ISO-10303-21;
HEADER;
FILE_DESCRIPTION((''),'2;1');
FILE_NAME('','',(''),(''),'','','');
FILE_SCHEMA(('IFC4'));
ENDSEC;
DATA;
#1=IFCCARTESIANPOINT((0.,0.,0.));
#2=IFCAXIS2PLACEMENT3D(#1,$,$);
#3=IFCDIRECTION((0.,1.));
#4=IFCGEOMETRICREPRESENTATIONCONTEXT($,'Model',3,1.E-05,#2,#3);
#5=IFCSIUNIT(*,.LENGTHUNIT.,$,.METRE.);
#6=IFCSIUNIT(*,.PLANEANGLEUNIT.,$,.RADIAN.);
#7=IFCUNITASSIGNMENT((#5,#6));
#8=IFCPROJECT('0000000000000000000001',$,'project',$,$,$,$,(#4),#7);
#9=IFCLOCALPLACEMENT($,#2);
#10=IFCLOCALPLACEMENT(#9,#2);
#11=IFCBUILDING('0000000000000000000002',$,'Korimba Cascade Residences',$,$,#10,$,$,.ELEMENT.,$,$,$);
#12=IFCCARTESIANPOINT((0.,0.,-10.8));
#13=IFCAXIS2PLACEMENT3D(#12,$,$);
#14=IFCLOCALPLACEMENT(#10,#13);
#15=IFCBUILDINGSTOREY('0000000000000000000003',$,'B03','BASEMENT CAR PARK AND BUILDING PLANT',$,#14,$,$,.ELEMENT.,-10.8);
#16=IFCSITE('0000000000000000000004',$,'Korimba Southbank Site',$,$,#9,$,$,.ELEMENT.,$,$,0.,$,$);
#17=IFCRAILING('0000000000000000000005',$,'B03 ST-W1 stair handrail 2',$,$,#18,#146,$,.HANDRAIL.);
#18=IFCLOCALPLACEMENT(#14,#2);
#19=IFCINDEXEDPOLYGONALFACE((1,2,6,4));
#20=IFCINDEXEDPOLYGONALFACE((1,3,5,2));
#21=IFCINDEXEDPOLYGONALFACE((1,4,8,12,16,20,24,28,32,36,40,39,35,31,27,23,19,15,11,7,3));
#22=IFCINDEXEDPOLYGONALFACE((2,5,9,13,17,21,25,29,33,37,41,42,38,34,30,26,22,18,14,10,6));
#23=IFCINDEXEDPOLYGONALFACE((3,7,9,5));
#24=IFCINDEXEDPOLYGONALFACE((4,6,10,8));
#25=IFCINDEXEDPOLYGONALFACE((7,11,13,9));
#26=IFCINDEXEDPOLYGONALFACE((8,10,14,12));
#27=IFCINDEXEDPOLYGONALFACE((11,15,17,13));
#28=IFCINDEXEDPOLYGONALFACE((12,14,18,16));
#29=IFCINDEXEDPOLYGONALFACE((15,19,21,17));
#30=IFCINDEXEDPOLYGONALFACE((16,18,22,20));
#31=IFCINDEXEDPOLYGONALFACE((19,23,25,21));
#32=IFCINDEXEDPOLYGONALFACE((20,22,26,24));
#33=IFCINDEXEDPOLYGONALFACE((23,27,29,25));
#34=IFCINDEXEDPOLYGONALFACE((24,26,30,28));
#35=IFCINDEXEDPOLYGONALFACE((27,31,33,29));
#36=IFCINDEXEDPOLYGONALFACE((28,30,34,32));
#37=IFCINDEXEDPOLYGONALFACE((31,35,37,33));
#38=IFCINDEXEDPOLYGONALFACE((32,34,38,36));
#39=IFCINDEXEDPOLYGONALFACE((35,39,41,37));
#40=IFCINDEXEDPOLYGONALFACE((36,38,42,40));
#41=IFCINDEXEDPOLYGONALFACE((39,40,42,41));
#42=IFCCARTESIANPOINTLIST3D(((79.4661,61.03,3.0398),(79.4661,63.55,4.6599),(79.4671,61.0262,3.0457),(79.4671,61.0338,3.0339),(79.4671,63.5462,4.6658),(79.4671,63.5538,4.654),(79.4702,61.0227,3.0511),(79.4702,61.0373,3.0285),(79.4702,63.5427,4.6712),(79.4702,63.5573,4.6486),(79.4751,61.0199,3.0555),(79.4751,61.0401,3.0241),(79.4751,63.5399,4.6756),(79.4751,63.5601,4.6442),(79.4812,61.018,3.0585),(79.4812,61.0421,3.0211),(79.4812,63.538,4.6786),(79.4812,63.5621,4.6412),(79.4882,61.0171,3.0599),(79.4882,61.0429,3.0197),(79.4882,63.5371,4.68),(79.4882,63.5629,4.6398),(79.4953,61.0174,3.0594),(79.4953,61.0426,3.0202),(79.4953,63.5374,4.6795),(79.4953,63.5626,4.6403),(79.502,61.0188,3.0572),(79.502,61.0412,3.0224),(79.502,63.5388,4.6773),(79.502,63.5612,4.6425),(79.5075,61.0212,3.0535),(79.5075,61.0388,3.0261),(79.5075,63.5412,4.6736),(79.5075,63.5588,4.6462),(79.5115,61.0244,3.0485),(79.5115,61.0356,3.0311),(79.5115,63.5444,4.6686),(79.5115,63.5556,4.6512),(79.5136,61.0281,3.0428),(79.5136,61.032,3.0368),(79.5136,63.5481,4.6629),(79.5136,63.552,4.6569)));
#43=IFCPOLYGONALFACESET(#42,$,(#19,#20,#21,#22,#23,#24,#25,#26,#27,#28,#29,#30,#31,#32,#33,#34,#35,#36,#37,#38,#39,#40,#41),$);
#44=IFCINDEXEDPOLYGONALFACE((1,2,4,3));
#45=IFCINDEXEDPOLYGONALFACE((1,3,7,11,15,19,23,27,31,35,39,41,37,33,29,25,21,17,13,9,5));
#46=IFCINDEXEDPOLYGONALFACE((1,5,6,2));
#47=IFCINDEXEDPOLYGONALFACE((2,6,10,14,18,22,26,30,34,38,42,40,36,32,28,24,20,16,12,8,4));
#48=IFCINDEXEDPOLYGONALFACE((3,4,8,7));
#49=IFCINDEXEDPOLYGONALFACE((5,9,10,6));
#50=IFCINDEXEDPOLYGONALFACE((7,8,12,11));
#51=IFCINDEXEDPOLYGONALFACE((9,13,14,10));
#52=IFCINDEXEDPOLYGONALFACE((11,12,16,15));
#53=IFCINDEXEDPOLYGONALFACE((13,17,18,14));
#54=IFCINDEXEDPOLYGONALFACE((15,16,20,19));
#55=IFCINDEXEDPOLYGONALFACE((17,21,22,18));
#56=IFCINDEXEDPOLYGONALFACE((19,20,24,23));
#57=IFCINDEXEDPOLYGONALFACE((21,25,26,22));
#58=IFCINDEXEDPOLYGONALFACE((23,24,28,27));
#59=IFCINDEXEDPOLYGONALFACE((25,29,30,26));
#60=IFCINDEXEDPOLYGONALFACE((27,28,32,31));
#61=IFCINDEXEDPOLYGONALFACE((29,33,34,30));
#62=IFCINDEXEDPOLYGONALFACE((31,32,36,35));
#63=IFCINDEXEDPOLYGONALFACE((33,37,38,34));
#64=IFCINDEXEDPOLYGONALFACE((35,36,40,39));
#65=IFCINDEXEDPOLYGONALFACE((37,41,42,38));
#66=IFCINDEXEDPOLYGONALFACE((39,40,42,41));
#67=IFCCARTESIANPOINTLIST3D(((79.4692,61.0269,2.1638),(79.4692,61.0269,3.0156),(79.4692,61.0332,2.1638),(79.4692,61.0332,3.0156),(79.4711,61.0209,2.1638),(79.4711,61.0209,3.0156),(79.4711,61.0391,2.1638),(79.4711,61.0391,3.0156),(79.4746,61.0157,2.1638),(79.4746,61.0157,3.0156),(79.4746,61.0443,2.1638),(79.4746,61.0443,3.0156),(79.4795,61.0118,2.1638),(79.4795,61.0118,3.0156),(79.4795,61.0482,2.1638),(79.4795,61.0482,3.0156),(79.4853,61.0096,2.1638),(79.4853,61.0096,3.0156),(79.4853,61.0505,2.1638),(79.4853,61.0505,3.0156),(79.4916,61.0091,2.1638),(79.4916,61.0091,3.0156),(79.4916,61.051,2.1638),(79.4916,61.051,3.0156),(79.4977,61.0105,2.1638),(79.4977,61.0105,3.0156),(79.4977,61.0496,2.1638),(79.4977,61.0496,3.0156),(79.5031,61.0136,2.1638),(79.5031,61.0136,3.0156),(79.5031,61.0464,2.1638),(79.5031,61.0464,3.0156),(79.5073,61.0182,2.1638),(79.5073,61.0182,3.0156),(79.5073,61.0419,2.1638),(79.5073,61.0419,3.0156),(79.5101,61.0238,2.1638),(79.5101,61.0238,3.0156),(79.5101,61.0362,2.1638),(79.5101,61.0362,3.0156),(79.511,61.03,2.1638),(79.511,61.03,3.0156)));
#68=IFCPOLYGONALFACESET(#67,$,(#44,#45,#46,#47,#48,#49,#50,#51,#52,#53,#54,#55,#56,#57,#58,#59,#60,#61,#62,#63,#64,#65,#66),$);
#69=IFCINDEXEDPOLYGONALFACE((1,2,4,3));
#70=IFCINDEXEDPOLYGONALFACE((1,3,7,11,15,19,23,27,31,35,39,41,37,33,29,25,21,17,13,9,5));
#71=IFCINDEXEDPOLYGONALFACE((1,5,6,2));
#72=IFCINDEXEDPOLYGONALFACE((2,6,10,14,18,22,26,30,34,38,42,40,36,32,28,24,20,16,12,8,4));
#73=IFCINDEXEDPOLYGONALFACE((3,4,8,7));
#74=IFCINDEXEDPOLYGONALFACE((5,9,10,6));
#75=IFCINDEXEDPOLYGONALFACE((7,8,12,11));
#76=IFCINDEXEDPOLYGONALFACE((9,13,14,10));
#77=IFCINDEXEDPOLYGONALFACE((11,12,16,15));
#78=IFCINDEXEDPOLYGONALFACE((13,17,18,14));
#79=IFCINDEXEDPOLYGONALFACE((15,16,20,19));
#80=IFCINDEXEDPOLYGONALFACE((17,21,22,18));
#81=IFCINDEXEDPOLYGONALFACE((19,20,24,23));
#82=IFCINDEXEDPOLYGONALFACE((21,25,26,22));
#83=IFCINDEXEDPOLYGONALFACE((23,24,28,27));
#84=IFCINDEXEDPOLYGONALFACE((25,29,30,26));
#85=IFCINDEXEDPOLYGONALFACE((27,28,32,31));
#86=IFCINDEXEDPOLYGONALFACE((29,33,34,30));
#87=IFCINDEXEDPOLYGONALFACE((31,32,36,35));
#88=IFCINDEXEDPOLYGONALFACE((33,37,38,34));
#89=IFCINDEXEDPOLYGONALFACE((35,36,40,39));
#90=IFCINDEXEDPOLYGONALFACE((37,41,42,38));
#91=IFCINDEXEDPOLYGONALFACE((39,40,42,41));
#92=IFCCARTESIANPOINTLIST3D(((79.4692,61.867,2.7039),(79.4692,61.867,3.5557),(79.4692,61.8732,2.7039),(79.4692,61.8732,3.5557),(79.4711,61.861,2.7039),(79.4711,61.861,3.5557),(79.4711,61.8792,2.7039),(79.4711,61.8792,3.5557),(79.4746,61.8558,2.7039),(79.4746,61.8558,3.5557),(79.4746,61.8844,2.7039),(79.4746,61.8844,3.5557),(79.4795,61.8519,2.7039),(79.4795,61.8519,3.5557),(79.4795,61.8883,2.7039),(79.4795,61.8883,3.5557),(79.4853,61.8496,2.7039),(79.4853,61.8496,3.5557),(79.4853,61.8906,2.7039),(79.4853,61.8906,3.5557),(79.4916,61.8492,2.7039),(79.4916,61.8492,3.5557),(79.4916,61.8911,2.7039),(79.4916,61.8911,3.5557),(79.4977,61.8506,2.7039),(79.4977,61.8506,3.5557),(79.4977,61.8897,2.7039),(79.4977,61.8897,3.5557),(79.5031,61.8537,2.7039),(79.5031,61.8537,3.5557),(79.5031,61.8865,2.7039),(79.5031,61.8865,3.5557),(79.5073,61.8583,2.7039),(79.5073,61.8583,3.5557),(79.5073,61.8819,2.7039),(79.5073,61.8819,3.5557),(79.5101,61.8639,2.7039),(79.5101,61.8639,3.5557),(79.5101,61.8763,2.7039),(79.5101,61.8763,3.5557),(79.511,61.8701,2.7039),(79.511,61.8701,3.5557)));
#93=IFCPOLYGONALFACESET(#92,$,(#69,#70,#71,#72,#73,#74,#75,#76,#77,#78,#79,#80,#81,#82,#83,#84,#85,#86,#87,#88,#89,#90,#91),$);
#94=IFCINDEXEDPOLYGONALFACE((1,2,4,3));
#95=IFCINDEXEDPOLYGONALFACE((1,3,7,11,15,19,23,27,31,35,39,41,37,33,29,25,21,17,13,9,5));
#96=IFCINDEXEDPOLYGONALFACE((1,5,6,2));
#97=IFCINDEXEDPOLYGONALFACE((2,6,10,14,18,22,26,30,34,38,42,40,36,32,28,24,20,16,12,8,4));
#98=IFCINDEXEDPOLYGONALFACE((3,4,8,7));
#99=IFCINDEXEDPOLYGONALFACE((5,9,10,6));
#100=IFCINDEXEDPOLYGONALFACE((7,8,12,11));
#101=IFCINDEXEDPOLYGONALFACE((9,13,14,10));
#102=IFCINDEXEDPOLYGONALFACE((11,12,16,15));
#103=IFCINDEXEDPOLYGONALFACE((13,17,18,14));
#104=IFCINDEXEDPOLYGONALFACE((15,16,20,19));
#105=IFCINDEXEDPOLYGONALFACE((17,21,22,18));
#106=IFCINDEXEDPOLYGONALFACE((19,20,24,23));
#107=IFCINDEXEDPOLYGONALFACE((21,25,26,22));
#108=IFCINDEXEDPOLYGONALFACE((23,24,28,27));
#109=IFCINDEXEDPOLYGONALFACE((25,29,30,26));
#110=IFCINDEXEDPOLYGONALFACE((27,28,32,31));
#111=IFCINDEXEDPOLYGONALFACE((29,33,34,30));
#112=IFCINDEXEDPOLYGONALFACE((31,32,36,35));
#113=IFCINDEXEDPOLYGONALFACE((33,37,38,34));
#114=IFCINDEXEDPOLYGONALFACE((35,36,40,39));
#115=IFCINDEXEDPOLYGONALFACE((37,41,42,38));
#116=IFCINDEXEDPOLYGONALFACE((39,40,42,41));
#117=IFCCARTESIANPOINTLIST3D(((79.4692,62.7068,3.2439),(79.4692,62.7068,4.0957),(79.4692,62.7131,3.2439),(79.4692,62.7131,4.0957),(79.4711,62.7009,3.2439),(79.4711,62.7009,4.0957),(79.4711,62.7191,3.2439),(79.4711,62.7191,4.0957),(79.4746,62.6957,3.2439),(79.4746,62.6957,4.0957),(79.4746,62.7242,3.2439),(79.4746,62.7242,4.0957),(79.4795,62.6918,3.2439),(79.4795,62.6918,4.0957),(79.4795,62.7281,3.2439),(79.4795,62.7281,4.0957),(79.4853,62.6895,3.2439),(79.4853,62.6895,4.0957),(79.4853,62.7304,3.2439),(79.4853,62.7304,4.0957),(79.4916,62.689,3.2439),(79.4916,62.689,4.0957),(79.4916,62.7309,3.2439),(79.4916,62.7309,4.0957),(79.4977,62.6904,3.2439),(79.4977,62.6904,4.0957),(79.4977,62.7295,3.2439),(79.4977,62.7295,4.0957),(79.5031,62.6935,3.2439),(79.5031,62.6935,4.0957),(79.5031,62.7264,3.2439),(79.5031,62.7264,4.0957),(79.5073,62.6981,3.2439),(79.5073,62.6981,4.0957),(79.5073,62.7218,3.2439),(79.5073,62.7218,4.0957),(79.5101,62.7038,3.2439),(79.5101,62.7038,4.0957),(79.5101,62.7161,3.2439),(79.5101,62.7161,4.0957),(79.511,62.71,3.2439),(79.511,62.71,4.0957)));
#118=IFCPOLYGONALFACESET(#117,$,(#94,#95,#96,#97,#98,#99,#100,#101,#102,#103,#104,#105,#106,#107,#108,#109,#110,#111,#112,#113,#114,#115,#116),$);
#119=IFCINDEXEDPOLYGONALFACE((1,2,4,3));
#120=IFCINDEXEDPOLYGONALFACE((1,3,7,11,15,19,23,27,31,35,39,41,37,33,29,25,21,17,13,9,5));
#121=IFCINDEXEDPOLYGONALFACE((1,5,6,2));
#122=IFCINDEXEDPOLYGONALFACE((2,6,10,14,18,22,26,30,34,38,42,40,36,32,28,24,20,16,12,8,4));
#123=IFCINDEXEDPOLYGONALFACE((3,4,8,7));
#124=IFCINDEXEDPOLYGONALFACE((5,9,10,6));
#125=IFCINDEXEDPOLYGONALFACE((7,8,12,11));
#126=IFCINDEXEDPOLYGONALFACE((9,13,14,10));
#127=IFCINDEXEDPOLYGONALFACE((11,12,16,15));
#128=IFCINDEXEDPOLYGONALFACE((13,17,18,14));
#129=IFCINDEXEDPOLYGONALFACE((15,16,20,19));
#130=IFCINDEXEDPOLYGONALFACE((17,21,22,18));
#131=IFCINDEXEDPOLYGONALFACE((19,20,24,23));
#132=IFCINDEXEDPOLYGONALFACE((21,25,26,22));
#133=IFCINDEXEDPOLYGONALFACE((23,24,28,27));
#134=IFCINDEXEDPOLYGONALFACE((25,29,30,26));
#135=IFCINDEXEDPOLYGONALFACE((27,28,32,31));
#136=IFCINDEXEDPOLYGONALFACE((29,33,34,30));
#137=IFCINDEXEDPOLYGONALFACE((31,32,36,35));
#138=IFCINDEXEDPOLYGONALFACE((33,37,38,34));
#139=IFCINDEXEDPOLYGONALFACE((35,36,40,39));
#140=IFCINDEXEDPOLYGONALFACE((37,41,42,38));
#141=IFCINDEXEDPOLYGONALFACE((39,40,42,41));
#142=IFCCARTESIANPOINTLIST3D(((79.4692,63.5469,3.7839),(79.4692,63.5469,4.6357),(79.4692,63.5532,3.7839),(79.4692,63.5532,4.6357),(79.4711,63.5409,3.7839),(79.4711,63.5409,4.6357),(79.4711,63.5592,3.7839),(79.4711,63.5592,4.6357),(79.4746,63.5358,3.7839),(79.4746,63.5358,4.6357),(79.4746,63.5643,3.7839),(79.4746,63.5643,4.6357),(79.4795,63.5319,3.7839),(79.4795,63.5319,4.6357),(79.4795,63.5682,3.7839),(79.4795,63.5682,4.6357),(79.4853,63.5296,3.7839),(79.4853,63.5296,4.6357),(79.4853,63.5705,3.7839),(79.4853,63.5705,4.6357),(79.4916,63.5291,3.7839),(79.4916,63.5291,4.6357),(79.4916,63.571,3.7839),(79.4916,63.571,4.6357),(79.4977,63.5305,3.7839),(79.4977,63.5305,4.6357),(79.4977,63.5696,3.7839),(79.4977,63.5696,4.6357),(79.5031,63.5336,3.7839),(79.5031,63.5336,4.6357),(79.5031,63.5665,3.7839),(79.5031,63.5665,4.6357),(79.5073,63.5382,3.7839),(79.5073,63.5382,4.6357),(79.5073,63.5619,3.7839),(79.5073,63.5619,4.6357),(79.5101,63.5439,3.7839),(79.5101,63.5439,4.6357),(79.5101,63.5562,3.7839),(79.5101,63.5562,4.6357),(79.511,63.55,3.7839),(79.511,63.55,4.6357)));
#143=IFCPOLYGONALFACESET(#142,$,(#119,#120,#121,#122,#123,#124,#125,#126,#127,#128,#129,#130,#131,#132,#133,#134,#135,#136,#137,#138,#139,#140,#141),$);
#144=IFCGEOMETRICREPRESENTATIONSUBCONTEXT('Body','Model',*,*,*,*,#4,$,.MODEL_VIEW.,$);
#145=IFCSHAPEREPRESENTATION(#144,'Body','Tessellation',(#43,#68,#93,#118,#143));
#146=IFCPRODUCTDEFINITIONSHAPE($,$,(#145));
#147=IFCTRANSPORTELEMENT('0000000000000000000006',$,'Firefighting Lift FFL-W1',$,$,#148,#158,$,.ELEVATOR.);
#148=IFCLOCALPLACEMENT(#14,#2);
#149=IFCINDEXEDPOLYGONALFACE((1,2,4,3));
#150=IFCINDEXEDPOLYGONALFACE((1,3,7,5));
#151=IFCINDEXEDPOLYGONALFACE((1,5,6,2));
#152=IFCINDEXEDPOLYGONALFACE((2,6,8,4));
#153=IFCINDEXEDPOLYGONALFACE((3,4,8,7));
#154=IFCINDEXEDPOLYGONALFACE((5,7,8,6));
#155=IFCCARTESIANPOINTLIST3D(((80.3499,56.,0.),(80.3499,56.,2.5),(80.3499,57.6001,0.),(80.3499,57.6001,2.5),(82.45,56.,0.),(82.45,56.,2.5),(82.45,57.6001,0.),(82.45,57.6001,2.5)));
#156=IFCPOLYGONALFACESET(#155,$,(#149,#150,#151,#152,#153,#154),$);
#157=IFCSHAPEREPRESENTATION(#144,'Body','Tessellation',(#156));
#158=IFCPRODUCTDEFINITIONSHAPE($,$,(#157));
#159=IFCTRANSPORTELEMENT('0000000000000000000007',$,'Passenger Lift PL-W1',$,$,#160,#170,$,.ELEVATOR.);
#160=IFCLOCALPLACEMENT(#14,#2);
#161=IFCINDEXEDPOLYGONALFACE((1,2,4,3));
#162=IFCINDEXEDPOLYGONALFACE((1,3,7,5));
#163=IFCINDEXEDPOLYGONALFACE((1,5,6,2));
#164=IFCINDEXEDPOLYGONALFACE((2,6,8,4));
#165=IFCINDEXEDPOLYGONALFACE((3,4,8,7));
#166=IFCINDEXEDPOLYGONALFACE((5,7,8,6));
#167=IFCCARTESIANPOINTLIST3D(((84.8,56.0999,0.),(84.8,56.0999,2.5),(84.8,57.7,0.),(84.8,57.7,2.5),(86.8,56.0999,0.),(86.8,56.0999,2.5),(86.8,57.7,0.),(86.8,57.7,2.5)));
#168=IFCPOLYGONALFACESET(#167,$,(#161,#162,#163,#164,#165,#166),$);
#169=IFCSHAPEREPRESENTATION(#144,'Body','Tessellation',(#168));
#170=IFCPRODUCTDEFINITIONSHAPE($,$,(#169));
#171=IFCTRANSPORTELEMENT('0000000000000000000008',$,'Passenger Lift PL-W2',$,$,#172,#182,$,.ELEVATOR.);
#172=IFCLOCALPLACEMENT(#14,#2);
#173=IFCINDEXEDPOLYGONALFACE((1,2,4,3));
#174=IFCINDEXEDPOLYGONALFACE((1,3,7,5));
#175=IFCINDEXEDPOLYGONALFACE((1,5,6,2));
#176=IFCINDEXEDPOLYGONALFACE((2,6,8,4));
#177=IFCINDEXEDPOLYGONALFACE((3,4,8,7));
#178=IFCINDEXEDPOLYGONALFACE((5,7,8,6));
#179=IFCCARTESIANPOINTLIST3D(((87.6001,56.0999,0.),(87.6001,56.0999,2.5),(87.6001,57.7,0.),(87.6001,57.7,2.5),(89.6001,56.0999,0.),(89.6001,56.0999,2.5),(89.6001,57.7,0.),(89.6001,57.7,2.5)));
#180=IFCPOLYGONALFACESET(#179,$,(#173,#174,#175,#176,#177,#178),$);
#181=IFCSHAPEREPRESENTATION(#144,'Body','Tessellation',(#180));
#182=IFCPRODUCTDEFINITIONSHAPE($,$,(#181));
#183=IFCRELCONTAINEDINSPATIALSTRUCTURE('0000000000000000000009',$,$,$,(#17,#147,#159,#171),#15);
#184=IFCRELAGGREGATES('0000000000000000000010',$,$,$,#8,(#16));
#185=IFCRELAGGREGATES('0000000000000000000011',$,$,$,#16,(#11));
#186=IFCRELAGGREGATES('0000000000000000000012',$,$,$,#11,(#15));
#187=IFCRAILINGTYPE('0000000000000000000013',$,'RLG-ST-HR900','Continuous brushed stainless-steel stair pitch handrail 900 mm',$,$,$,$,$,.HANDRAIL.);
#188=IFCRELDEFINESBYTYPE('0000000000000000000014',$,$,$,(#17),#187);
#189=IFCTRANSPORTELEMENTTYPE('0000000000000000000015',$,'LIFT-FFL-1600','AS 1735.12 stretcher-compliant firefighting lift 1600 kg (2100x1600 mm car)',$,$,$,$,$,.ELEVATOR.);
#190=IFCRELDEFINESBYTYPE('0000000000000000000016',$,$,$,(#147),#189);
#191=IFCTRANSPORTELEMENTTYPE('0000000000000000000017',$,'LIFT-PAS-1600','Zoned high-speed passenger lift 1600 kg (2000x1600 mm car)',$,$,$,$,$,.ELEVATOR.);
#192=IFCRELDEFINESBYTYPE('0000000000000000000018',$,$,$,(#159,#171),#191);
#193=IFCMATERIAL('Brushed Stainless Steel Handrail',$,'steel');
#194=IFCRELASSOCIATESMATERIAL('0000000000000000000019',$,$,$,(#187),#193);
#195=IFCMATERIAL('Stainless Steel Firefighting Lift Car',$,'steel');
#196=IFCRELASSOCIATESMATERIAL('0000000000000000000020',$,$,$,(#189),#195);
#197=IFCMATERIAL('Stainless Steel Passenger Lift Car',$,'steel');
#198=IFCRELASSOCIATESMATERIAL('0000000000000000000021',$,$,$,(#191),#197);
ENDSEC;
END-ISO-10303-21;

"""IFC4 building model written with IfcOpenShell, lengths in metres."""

from ifc_helpers import new_model, si_unit, direction, frame, origin, origin_2d, place, context, subcontext, project, spatial, rectangle, circle, extrude, material, type_object, element, save


model = new_model("IFC4")

# Units and contexts
model_context = context("Model", 3, precision=1e-05, world=origin(), true_north=direction((0.0, 1.0)))
body_context = subcontext(model_context, "Body", "Model", "MODEL_VIEW")
ifc_project = project(units=[si_unit("LENGTHUNIT", "METRE"), si_unit("PLANEANGLEUNIT", "RADIAN")], contexts=[model_context])

# Site, building, storey
site_placement = place(None, origin())
site = spatial("IfcSite", under=ifc_project, at=site_placement, Name="Korimba Southbank Site", CompositionType="ELEMENT", RefElevation=0.0)
building_placement = place(site_placement, origin())
building = spatial("IfcBuilding", under=site, at=building_placement, Name="Korimba Cascade Residences", CompositionType="ELEMENT")
storey_placement = place(building_placement, frame((0.0, 0.0, -10.8)))
storey = spatial("IfcBuildingStorey", under=building, at=storey_placement, Name="B03", Description="BASEMENT CAR PARK AND BUILDING PLANT", CompositionType="ELEMENT", Elevation=-10.8)

# Railing
ifc_material_1 = material(Name="Brushed Stainless Steel Handrail", Category="steel")
railing_type_1 = type_object("IfcRailingType", Name="RLG-ST-HR900", Description="Continuous brushed stainless-steel stair pitch handrail 900 mm", PredefinedType="HANDRAIL", material=ifc_material_1)
railing_1_placement = place(storey_placement, frame((79.49, 61.03, 2.1638)))
element("IfcRailing", 1, at=railing_1_placement, inside=storey, type_object=railing_type_1, Name="B03 ST-W1 stair handrail 2", PredefinedType="HANDRAIL", context=body_context, shape_type="SweptSolid", body=[
    extrude(circle(Radius=0.0239, at=origin_2d()), frame((0.0, 0.0, 0.876), z_axis=(0.0, 0.841163, 0.540782), x_axis=(-1.0, 0.0, 0.0)), (0.0, 0.0, 1.0), 2.9958),
    extrude(circle(Radius=0.021, at=origin_2d()), origin(), (0.0, 0.0, 1.0), 0.8518),
    extrude(circle(Radius=0.021, at=origin_2d()), frame((0.0, 0.8401, 0.54)), (0.0, 0.0, 1.0), 0.8518),
    extrude(circle(Radius=0.021, at=origin_2d()), frame((0.0, 1.6799, 1.0801)), (0.0, 0.0, 1.0), 0.8518),
    extrude(circle(Radius=0.021, at=origin_2d()), frame((0.0, 2.52, 1.6201)), (0.0, 0.0, 1.0), 0.8518),
])

# Transport elements
ifc_material_2 = material(Name="Stainless Steel Firefighting Lift Car", Category="steel")
transport_element_type_1 = type_object("IfcTransportElementType", Name="LIFT-FFL-1600", Description="AS 1735.12 stretcher-compliant firefighting lift 1600 kg (2100x1600 mm car)", PredefinedType="ELEVATOR", material=ifc_material_2)
transport_element_placement = place(storey_placement, frame((81.3999, 56.8, 0.0), z_axis=(0.0, 0.0, 1.0), x_axis=(1.0, 0.0, 0.0)))
element("IfcTransportElement", 2, at=transport_element_placement, inside=storey, type_object=transport_element_type_1, Name="Firefighting Lift FFL-W1", PredefinedType="ELEVATOR", context=body_context, shape_type="SweptSolid", body=[
    extrude(rectangle(XDim=2.1001, YDim=1.6001, at=origin_2d()), origin(), (0.0, 0.0, 1.0), 2.5),
])
ifc_material_3 = material(Name="Stainless Steel Passenger Lift Car", Category="steel")
transport_element_type_2 = type_object("IfcTransportElementType", Name="LIFT-PAS-1600", Description="Zoned high-speed passenger lift 1600 kg (2000x1600 mm car)", PredefinedType="ELEVATOR", material=ifc_material_3)
for number, where, z_axis, x_axis, name in (
    (3, (85.8, 56.8999, 0.0), (0.0, 0.0, 1.0), (1.0, 0.0, 0.0), "Passenger Lift PL-W1"),
    (4, (88.6001, 56.8999, 0.0), (0.0, 0.0, 1.0), (1.0, 0.0, 0.0), "Passenger Lift PL-W2"),
):
    element("IfcTransportElement", number, at=place(storey_placement, frame(where, z_axis=z_axis, x_axis=x_axis)), inside=storey, type_object=transport_element_type_2, Name=name, PredefinedType="ELEVATOR", context=body_context, shape_type="SweptSolid", body=[
        extrude(rectangle(XDim=2.0, YDim=1.6001, at=origin_2d()), origin(), (0.0, 0.0, 1.0), 2.5),
    ])

save(model, "model.ifc")
